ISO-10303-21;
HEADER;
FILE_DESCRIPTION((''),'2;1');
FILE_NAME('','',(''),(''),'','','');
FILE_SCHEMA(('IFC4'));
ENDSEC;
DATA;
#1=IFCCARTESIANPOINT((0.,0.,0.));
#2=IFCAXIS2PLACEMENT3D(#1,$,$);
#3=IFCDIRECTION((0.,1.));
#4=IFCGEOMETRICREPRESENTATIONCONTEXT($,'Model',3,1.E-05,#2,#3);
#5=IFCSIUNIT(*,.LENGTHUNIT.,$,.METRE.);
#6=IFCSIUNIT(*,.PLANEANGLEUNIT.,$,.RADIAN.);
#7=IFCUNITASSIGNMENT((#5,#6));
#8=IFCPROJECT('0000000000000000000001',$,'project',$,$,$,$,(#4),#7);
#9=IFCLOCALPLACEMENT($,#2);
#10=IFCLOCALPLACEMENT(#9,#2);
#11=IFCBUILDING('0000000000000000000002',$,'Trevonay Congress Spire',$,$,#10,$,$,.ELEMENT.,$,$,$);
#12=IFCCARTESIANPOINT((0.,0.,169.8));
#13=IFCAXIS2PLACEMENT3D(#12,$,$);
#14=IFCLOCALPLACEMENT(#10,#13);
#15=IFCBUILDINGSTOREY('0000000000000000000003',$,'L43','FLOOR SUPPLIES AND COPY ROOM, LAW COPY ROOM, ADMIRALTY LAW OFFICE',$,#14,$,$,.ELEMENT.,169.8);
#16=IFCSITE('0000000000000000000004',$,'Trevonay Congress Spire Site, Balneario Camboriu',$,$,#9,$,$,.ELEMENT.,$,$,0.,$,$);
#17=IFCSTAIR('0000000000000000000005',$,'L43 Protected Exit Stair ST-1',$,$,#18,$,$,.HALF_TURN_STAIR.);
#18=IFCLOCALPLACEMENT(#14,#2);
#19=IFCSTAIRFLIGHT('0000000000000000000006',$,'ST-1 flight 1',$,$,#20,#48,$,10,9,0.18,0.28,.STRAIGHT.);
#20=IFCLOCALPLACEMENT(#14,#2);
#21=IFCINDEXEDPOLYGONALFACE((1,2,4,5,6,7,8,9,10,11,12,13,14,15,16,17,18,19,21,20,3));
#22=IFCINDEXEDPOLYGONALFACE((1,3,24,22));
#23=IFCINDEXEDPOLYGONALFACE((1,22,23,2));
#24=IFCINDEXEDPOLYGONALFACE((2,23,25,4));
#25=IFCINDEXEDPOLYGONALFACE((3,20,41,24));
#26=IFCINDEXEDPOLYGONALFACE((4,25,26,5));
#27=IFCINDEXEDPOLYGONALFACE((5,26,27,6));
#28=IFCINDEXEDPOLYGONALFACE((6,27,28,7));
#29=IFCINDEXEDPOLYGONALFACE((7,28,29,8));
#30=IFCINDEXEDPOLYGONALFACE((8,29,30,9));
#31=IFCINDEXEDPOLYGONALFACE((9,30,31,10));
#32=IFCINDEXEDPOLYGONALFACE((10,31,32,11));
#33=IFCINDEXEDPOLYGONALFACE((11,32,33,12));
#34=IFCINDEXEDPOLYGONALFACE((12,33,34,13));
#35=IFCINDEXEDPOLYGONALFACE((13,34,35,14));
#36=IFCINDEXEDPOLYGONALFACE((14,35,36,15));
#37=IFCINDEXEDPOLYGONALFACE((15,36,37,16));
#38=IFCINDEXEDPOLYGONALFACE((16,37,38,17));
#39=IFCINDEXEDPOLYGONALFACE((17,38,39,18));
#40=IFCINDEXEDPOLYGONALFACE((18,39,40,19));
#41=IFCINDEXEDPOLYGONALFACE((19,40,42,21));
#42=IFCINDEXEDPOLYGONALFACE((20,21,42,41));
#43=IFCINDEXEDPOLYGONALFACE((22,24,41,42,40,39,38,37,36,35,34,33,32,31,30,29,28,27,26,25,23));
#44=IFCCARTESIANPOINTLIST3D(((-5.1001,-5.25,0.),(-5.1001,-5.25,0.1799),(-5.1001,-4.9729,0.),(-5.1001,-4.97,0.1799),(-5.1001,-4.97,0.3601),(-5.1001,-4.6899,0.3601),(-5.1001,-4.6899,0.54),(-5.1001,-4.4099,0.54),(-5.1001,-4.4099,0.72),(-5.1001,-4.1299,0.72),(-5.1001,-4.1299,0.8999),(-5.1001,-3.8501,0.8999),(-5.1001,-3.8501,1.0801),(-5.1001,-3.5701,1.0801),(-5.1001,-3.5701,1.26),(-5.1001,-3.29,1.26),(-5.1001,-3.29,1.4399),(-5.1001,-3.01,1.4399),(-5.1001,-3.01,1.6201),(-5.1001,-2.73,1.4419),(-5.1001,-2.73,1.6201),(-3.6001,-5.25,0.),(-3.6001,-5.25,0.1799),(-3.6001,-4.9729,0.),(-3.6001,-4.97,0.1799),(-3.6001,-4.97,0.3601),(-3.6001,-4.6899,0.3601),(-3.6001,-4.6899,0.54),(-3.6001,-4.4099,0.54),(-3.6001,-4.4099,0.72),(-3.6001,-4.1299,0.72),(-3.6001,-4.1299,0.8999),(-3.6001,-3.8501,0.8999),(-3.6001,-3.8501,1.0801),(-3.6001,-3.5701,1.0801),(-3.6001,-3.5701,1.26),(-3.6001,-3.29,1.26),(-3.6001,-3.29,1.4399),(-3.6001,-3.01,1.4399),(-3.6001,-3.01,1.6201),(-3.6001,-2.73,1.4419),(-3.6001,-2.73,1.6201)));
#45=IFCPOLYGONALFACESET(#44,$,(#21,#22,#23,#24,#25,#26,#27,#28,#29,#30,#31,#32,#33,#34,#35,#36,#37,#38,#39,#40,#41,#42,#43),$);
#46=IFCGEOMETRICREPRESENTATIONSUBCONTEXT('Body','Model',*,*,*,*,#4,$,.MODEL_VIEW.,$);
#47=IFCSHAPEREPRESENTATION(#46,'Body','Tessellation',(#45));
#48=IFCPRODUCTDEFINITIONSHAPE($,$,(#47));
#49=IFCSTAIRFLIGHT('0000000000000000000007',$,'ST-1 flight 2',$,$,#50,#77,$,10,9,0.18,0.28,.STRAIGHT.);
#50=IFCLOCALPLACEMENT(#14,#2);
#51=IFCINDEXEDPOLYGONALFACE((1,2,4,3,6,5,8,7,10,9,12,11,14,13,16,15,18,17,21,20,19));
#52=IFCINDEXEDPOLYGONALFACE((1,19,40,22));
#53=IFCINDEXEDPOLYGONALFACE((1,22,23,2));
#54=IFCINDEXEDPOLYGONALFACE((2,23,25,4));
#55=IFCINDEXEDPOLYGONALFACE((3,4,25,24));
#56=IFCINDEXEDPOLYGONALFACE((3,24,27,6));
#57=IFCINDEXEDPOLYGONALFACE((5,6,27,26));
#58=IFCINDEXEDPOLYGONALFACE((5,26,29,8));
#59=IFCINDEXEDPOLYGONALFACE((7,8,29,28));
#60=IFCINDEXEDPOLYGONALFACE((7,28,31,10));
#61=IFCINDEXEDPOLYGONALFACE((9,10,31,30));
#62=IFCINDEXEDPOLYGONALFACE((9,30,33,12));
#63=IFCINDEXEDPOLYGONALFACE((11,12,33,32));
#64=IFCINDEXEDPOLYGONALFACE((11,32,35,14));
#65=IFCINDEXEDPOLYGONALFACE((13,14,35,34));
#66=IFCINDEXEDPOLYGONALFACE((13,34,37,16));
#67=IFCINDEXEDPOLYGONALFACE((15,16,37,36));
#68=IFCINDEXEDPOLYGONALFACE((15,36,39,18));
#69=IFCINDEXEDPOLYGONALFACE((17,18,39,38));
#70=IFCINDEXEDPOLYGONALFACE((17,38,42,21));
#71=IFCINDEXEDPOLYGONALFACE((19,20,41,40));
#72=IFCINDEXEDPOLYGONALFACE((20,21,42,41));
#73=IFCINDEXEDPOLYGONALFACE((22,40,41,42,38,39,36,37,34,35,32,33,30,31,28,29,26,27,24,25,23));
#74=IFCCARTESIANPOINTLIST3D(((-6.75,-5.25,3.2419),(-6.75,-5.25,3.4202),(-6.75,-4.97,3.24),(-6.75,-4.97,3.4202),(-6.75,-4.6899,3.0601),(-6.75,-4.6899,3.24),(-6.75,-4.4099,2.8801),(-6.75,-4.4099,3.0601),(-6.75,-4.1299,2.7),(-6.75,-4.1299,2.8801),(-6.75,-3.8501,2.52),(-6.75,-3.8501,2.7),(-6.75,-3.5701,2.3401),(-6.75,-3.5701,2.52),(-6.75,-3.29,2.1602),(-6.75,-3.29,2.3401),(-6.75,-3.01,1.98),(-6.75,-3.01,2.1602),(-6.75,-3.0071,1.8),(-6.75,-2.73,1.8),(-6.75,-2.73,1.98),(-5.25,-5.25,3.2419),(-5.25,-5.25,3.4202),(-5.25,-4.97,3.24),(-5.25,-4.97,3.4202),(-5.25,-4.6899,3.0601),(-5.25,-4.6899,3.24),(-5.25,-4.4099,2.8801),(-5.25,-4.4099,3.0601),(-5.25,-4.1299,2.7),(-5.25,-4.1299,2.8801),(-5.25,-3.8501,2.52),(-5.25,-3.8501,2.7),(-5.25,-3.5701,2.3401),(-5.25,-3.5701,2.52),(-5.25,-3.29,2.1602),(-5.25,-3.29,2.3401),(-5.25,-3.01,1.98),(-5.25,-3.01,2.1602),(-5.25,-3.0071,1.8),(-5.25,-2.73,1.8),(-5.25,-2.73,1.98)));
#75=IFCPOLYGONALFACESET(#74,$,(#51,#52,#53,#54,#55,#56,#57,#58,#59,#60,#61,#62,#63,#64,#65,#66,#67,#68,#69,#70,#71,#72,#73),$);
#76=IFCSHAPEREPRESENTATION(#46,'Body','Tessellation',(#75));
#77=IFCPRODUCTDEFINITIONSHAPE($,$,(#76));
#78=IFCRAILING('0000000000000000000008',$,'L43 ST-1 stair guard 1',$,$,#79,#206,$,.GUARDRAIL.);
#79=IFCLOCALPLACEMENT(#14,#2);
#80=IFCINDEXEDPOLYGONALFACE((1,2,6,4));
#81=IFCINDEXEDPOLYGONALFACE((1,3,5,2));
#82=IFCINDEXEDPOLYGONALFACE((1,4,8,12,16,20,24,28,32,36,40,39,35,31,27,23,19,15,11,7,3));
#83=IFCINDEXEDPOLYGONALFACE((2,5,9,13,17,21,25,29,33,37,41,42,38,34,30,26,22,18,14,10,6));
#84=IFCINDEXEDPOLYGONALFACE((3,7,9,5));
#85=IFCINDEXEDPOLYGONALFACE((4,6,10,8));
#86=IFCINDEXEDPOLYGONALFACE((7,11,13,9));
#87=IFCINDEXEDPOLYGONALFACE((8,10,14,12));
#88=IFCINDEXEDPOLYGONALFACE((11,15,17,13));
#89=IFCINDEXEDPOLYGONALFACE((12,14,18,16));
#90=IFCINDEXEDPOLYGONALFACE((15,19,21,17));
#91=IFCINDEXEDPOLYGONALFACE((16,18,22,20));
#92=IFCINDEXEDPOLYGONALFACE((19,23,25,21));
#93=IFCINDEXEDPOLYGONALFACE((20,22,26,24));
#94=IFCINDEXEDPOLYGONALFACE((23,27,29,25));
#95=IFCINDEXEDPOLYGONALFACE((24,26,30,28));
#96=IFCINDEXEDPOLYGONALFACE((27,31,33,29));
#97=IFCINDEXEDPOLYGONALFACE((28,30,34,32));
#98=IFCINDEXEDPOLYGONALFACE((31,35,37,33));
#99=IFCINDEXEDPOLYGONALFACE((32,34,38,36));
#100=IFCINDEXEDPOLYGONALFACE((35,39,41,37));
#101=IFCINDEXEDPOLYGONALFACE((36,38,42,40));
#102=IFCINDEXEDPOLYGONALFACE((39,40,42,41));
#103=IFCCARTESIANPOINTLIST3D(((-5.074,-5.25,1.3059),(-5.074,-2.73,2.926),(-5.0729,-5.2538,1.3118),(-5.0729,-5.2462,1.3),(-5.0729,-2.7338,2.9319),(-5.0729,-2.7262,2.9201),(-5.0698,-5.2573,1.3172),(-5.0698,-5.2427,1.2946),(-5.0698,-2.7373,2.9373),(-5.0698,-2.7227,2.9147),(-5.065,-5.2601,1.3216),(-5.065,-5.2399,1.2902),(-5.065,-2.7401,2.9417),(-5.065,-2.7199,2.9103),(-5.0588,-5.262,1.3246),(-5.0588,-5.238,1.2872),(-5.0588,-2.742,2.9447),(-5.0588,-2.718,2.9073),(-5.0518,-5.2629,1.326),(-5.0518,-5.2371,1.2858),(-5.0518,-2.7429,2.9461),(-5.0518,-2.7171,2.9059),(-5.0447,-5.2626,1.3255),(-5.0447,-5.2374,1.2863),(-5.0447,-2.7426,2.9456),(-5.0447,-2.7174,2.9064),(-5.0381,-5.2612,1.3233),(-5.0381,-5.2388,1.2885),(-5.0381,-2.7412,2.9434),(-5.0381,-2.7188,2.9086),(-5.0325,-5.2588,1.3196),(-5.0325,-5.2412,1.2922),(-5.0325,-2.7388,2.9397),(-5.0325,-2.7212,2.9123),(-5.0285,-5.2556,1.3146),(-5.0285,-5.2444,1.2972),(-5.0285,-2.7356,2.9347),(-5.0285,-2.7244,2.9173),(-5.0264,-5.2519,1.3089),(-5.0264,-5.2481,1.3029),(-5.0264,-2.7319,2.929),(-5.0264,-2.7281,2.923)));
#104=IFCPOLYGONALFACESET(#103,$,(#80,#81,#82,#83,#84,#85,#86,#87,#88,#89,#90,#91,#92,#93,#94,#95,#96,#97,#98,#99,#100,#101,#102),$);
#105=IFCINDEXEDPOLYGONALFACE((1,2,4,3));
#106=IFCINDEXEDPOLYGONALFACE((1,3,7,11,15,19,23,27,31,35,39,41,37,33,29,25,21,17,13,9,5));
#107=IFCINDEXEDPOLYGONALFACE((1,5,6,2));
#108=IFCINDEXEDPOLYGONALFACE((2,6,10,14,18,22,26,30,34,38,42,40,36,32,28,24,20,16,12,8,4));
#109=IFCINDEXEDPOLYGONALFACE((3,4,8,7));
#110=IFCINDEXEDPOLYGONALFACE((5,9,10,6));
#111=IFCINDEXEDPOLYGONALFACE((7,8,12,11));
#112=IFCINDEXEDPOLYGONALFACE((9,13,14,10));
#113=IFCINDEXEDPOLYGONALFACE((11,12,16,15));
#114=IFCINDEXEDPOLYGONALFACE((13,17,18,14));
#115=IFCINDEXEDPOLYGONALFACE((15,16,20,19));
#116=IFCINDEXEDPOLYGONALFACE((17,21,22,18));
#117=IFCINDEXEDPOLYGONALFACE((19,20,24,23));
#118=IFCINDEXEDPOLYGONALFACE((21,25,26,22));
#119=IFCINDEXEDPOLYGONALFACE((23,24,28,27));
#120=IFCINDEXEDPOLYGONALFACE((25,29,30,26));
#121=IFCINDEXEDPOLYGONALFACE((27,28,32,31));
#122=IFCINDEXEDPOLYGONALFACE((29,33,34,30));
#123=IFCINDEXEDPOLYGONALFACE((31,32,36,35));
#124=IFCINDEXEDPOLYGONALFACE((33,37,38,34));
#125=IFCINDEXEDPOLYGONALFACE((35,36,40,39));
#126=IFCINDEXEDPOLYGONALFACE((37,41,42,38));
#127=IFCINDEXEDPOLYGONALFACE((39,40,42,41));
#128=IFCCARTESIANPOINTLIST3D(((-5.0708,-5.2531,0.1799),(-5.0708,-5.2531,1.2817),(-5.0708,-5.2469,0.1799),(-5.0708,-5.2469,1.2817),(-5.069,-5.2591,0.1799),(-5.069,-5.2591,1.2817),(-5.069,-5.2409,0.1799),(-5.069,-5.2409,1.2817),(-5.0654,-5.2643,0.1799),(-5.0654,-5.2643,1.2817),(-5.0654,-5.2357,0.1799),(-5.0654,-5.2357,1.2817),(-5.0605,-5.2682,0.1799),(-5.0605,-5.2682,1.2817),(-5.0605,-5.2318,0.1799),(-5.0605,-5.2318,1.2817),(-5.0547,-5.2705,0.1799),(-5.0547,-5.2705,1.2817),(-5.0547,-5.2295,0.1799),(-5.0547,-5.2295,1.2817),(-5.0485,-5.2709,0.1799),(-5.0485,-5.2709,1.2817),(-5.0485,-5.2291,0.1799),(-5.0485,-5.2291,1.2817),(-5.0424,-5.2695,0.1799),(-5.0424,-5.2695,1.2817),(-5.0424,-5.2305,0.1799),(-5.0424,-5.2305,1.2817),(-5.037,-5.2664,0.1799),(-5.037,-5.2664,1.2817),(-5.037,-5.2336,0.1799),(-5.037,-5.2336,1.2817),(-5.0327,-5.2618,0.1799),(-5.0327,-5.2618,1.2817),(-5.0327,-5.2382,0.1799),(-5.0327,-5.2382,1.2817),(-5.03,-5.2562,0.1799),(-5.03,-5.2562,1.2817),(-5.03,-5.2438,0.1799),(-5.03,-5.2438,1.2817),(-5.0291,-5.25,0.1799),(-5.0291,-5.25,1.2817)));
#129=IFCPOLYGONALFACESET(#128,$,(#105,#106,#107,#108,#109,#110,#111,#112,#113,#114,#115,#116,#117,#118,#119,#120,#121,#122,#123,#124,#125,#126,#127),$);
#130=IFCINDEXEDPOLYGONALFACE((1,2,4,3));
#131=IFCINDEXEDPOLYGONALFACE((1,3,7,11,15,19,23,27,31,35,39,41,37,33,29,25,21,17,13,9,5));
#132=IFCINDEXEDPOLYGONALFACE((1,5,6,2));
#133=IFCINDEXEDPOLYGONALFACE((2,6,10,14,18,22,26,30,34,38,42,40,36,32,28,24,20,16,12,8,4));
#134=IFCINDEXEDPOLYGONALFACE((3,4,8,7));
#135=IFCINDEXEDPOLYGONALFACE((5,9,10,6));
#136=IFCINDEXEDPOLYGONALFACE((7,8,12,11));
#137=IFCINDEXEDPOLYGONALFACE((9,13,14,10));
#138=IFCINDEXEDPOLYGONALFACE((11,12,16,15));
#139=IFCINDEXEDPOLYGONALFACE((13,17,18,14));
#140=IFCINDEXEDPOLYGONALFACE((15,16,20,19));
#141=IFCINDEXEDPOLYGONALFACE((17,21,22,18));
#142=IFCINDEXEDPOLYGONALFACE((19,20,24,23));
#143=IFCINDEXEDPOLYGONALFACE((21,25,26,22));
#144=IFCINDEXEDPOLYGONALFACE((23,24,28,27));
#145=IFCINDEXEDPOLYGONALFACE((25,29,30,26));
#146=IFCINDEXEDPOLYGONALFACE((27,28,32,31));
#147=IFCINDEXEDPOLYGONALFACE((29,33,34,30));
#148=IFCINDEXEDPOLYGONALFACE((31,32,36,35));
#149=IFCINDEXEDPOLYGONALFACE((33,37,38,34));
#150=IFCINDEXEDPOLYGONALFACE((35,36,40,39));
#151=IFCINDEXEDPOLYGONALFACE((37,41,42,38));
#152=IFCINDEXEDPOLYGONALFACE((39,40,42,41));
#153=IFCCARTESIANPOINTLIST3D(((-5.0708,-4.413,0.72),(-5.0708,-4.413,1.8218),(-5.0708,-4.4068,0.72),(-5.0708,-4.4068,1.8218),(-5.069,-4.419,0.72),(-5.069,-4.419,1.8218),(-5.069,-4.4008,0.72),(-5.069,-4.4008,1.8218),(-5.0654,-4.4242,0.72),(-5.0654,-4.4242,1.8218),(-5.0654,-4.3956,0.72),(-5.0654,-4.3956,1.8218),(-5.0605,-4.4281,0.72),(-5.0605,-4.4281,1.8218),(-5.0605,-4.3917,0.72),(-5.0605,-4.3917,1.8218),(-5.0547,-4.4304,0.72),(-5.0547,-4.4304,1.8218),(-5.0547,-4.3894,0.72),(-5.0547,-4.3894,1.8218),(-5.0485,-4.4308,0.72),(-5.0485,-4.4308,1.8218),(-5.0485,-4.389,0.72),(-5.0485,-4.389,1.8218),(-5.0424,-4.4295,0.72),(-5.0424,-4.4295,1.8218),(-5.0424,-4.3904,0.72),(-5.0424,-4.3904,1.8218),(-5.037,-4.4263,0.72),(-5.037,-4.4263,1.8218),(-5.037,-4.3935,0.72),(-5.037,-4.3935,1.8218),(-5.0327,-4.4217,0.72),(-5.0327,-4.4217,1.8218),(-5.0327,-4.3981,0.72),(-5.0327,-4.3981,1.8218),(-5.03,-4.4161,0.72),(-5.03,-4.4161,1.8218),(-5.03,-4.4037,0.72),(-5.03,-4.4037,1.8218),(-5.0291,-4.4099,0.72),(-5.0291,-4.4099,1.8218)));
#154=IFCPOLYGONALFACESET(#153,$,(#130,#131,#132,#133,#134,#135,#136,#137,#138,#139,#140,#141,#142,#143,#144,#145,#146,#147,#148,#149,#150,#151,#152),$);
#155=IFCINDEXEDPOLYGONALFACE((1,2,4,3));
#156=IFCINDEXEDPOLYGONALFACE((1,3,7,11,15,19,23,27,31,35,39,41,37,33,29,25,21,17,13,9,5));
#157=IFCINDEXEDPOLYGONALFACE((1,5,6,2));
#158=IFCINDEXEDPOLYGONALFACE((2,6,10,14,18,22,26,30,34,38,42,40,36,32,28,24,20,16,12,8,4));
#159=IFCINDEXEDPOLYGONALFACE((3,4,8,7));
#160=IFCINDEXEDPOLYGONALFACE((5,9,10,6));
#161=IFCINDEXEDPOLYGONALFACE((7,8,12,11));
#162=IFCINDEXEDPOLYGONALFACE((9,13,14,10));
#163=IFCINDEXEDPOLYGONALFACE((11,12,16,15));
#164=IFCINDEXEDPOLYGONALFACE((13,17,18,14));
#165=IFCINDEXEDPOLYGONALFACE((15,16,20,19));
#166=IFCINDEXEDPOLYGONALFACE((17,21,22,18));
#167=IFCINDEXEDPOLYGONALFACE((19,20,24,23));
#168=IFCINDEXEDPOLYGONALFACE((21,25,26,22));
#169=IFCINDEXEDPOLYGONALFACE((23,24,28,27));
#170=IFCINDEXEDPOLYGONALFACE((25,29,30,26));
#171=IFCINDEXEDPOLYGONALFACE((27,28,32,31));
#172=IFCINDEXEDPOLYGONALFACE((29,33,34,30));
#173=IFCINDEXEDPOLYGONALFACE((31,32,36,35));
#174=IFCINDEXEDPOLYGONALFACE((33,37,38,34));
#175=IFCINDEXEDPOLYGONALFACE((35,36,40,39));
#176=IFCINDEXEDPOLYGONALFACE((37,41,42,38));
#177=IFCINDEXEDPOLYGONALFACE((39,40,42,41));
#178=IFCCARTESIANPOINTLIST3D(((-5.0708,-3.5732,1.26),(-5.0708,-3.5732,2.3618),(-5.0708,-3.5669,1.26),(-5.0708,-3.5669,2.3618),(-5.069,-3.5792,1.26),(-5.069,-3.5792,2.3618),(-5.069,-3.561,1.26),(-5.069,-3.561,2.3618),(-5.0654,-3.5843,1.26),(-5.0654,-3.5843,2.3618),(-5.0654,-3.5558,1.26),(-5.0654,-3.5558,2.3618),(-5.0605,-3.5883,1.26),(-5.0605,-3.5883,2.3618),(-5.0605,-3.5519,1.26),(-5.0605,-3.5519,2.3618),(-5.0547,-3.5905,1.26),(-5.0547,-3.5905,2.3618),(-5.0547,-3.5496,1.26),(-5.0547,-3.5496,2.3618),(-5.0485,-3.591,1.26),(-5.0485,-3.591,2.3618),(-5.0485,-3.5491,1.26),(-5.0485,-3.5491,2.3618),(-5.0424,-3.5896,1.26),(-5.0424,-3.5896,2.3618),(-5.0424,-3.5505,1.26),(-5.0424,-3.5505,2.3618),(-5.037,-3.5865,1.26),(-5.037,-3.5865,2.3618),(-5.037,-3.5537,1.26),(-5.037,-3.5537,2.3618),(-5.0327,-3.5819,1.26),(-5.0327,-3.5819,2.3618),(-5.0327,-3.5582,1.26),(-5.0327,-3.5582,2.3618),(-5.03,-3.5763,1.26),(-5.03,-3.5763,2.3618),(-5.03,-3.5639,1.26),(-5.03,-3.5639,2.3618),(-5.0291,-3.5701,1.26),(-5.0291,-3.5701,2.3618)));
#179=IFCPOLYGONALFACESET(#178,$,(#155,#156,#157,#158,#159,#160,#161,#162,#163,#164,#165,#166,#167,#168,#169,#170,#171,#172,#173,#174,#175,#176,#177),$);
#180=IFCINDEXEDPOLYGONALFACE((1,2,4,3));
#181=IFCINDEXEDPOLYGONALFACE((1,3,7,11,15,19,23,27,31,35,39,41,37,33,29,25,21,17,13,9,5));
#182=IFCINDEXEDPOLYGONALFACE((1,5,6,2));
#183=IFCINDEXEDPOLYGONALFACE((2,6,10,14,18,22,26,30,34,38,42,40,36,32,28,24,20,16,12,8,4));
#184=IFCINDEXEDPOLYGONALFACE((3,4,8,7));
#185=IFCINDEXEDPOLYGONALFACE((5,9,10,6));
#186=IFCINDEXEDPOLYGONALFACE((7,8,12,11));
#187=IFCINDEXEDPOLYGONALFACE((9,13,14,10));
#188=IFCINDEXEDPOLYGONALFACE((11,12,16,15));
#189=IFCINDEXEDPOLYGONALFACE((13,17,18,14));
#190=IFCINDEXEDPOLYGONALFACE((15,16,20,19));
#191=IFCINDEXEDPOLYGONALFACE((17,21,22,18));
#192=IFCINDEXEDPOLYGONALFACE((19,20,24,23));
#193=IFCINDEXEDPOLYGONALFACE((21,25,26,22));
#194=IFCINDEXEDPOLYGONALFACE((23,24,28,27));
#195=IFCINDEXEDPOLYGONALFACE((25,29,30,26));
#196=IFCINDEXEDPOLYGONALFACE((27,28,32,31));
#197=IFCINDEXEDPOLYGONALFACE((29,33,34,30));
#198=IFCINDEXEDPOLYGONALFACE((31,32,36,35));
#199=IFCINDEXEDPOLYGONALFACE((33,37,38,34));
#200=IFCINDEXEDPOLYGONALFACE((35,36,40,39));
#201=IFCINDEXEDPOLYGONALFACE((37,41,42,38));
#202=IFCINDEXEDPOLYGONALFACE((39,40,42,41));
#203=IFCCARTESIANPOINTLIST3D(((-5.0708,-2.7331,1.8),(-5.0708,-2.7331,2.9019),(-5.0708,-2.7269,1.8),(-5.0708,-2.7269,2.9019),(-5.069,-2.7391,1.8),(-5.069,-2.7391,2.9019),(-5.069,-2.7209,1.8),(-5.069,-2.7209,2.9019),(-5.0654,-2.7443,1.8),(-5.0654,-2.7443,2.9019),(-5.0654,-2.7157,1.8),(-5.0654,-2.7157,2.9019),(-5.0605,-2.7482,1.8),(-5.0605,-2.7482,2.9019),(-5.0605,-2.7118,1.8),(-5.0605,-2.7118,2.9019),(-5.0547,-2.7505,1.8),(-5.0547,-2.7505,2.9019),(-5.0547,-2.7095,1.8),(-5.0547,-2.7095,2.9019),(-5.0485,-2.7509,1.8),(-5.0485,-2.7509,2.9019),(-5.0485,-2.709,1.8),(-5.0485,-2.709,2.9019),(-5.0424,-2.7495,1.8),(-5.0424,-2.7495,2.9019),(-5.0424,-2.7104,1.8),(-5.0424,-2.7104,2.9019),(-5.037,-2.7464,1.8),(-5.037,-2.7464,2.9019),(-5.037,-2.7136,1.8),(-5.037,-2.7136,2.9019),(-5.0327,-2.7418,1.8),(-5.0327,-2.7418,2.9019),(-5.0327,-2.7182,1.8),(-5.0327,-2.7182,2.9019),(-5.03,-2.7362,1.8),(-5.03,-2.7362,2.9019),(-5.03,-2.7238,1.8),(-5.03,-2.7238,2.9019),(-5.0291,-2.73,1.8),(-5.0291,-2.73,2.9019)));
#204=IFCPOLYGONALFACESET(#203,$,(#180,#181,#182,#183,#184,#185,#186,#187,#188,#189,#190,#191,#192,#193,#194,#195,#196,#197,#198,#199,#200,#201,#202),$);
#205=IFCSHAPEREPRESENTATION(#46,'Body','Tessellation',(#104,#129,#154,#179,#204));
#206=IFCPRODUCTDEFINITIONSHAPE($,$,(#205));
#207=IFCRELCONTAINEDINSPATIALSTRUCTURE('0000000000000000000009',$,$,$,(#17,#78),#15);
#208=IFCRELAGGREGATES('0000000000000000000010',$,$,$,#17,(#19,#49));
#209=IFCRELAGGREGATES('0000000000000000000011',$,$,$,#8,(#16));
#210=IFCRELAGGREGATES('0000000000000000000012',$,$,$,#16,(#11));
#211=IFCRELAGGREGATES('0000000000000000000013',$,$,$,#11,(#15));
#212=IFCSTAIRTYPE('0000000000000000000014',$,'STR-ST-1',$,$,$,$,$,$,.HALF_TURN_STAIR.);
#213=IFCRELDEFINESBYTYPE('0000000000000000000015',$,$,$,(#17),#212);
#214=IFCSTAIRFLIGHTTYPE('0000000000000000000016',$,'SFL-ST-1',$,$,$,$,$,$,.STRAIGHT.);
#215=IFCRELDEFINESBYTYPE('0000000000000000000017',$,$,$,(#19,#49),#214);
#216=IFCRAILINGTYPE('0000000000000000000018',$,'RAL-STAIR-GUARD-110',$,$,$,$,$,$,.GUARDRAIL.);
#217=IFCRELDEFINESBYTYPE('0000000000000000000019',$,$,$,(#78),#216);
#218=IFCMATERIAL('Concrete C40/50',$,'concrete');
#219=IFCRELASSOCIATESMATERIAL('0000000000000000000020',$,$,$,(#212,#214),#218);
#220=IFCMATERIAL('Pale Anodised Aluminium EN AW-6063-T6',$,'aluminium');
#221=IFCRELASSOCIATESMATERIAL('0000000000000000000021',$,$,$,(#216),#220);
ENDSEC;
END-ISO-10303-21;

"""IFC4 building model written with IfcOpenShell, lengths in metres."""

from ifc_helpers import new_model, si_unit, direction, frame, origin, origin_2d, place, context, subcontext, project, spatial, polyline, circle, outline, extrude, material, type_object, element, aggregate, save


model = new_model("IFC4")

# Units and contexts
model_context = context("Model", 3, precision=1e-05, world=origin(), true_north=direction((0.0, 1.0)))
body_context = subcontext(model_context, "Body", "Model", "MODEL_VIEW")
ifc_project = project(units=[si_unit("LENGTHUNIT", "METRE"), si_unit("PLANEANGLEUNIT", "RADIAN")], contexts=[model_context])

# Site, building, storey
site_placement = place(None, origin())
site = spatial("IfcSite", under=ifc_project, at=site_placement, Name="Trevonay Congress Spire Site, Balneario Camboriu", CompositionType="ELEMENT", RefElevation=0.0)
building_placement = place(site_placement, origin())
building = spatial("IfcBuilding", under=site, at=building_placement, Name="Trevonay Congress Spire", CompositionType="ELEMENT")
storey_placement = place(building_placement, frame((0.0, 0.0, 169.8)))
storey = spatial("IfcBuildingStorey", under=building, at=storey_placement, Name="L43", Description="FLOOR SUPPLIES AND COPY ROOM, LAW COPY ROOM, ADMIRALTY LAW OFFICE", CompositionType="ELEMENT", Elevation=169.8)

# Shared definitions
ifc_material_1 = material(Name="Concrete C40/50", Category="concrete")

# Stair, stair flights
stair_type = type_object("IfcStairType", Name="STR-ST-1", PredefinedType="HALF_TURN_STAIR", material=ifc_material_1)
stair_placement = place(storey_placement, origin())
stair = element("IfcStair", 1, at=stair_placement, inside=storey, type_object=stair_type, Name="L43 Protected Exit Stair ST-1", PredefinedType="HALF_TURN_STAIR")
stair_flight_type = type_object("IfcStairFlightType", Name="SFL-ST-1", PredefinedType="STRAIGHT", material=ifc_material_1)
stair_flight_1_placement = place(storey_placement, frame((-4.3501, -5.25, 0.0), z_axis=(0.0, 0.0, 1.0), x_axis=(0.0, 1.0, 0.0)))
stair_flight_1 = element("IfcStairFlight", 2, at=stair_flight_1_placement, type_object=stair_flight_type, Name="ST-1 flight 1", NumberOfRisers=10, NumberOfTreads=9, PredefinedType="STRAIGHT", RiserHeight=0.18, TreadLength=0.28, context=body_context, shape_type="SweptSolid", body=[
    extrude(outline(polyline([(0.0, 0.0), (0.0, 0.1799), (0.28, 0.1799), (0.28, 0.3601), (0.5601, 0.3601), (0.5601, 0.54), (0.8401, 0.54), (0.8401, 0.72), (1.1201, 0.72), (1.1201, 0.8999), (1.3999, 0.8999), (1.3999, 1.0801), (1.6799, 1.0801), (1.6799, 1.26), (1.96, 1.26), (1.96, 1.4399), (2.24, 1.4399), (2.24, 1.6201), (2.52, 1.6201), (2.52, 1.8), (2.52, 1.4419), (0.2771, 0.0), (0.0, 0.0)])), frame((0.0, 0.75, 0.0), z_axis=(0.0, -1.0, 0.0), x_axis=(1.0, 0.0, 0.0)), (0.0, 0.0, 1.0), 1.5),
])
stair_flight_2_placement = place(storey_placement, frame((-6.0, -2.73, 1.8), z_axis=(0.0, 0.0, 1.0), x_axis=(0.0, -1.0, 0.0)))
stair_flight_2 = element("IfcStairFlight", 3, at=stair_flight_2_placement, type_object=stair_flight_type, Name="ST-1 flight 2", NumberOfRisers=10, NumberOfTreads=9, PredefinedType="STRAIGHT", RiserHeight=0.18, TreadLength=0.28, context=body_context, shape_type="SweptSolid", body=[
    extrude(outline(polyline([(0.0, 0.0), (0.0, 0.1799), (0.28, 0.1799), (0.28, 0.3601), (0.5601, 0.3601), (0.5601, 0.54), (0.8401, 0.54), (0.8401, 0.72), (1.1201, 0.72), (1.1201, 0.8999), (1.3999, 0.8999), (1.3999, 1.0801), (1.6799, 1.0801), (1.6799, 1.26), (1.96, 1.26), (1.96, 1.4399), (2.24, 1.4399), (2.24, 1.6201), (2.52, 1.6201), (2.52, 1.8), (2.52, 1.4419), (0.2771, 0.0), (0.0, 0.0)])), frame((0.0, 0.75, 0.0), z_axis=(0.0, -1.0, 0.0), x_axis=(1.0, 0.0, 0.0)), (0.0, 0.0, 1.0), 1.5),
])
aggregate(stair, [stair_flight_1, stair_flight_2])

# Railing
ifc_material_2 = material(Name="Pale Anodised Aluminium EN AW-6063-T6", Category="aluminium")
railing_type_1 = type_object("IfcRailingType", Name="RAL-STAIR-GUARD-110", PredefinedType="GUARDRAIL", material=ifc_material_2)
railing_1_placement = place(storey_placement, frame((-5.05, -5.25, 0.1799)))
element("IfcRailing", 4, at=railing_1_placement, inside=storey, type_object=railing_type_1, Name="L43 ST-1 stair guard 1", PredefinedType="GUARDRAIL", context=body_context, shape_type="SweptSolid", body=[
    extrude(circle(Radius=0.0239, at=origin_2d()), frame((0.0, 0.0, 1.126), z_axis=(0.0, 0.841163, 0.540782), x_axis=(-1.0, 0.0, 0.0)), (0.0, 0.0, 1.0), 2.9958),
    extrude(circle(Radius=0.021, at=origin_2d()), origin(), (0.0, 0.0, 1.0), 1.1018),
    extrude(circle(Radius=0.021, at=origin_2d()), frame((0.0, 0.8401, 0.54)), (0.0, 0.0, 1.0), 1.1018),
    extrude(circle(Radius=0.021, at=origin_2d()), frame((0.0, 1.6799, 1.0801)), (0.0, 0.0, 1.0), 1.1018),
    extrude(circle(Radius=0.021, at=origin_2d()), frame((0.0, 2.52, 1.6201)), (0.0, 0.0, 1.0), 1.1018),
])

save(model, "model.ifc")
